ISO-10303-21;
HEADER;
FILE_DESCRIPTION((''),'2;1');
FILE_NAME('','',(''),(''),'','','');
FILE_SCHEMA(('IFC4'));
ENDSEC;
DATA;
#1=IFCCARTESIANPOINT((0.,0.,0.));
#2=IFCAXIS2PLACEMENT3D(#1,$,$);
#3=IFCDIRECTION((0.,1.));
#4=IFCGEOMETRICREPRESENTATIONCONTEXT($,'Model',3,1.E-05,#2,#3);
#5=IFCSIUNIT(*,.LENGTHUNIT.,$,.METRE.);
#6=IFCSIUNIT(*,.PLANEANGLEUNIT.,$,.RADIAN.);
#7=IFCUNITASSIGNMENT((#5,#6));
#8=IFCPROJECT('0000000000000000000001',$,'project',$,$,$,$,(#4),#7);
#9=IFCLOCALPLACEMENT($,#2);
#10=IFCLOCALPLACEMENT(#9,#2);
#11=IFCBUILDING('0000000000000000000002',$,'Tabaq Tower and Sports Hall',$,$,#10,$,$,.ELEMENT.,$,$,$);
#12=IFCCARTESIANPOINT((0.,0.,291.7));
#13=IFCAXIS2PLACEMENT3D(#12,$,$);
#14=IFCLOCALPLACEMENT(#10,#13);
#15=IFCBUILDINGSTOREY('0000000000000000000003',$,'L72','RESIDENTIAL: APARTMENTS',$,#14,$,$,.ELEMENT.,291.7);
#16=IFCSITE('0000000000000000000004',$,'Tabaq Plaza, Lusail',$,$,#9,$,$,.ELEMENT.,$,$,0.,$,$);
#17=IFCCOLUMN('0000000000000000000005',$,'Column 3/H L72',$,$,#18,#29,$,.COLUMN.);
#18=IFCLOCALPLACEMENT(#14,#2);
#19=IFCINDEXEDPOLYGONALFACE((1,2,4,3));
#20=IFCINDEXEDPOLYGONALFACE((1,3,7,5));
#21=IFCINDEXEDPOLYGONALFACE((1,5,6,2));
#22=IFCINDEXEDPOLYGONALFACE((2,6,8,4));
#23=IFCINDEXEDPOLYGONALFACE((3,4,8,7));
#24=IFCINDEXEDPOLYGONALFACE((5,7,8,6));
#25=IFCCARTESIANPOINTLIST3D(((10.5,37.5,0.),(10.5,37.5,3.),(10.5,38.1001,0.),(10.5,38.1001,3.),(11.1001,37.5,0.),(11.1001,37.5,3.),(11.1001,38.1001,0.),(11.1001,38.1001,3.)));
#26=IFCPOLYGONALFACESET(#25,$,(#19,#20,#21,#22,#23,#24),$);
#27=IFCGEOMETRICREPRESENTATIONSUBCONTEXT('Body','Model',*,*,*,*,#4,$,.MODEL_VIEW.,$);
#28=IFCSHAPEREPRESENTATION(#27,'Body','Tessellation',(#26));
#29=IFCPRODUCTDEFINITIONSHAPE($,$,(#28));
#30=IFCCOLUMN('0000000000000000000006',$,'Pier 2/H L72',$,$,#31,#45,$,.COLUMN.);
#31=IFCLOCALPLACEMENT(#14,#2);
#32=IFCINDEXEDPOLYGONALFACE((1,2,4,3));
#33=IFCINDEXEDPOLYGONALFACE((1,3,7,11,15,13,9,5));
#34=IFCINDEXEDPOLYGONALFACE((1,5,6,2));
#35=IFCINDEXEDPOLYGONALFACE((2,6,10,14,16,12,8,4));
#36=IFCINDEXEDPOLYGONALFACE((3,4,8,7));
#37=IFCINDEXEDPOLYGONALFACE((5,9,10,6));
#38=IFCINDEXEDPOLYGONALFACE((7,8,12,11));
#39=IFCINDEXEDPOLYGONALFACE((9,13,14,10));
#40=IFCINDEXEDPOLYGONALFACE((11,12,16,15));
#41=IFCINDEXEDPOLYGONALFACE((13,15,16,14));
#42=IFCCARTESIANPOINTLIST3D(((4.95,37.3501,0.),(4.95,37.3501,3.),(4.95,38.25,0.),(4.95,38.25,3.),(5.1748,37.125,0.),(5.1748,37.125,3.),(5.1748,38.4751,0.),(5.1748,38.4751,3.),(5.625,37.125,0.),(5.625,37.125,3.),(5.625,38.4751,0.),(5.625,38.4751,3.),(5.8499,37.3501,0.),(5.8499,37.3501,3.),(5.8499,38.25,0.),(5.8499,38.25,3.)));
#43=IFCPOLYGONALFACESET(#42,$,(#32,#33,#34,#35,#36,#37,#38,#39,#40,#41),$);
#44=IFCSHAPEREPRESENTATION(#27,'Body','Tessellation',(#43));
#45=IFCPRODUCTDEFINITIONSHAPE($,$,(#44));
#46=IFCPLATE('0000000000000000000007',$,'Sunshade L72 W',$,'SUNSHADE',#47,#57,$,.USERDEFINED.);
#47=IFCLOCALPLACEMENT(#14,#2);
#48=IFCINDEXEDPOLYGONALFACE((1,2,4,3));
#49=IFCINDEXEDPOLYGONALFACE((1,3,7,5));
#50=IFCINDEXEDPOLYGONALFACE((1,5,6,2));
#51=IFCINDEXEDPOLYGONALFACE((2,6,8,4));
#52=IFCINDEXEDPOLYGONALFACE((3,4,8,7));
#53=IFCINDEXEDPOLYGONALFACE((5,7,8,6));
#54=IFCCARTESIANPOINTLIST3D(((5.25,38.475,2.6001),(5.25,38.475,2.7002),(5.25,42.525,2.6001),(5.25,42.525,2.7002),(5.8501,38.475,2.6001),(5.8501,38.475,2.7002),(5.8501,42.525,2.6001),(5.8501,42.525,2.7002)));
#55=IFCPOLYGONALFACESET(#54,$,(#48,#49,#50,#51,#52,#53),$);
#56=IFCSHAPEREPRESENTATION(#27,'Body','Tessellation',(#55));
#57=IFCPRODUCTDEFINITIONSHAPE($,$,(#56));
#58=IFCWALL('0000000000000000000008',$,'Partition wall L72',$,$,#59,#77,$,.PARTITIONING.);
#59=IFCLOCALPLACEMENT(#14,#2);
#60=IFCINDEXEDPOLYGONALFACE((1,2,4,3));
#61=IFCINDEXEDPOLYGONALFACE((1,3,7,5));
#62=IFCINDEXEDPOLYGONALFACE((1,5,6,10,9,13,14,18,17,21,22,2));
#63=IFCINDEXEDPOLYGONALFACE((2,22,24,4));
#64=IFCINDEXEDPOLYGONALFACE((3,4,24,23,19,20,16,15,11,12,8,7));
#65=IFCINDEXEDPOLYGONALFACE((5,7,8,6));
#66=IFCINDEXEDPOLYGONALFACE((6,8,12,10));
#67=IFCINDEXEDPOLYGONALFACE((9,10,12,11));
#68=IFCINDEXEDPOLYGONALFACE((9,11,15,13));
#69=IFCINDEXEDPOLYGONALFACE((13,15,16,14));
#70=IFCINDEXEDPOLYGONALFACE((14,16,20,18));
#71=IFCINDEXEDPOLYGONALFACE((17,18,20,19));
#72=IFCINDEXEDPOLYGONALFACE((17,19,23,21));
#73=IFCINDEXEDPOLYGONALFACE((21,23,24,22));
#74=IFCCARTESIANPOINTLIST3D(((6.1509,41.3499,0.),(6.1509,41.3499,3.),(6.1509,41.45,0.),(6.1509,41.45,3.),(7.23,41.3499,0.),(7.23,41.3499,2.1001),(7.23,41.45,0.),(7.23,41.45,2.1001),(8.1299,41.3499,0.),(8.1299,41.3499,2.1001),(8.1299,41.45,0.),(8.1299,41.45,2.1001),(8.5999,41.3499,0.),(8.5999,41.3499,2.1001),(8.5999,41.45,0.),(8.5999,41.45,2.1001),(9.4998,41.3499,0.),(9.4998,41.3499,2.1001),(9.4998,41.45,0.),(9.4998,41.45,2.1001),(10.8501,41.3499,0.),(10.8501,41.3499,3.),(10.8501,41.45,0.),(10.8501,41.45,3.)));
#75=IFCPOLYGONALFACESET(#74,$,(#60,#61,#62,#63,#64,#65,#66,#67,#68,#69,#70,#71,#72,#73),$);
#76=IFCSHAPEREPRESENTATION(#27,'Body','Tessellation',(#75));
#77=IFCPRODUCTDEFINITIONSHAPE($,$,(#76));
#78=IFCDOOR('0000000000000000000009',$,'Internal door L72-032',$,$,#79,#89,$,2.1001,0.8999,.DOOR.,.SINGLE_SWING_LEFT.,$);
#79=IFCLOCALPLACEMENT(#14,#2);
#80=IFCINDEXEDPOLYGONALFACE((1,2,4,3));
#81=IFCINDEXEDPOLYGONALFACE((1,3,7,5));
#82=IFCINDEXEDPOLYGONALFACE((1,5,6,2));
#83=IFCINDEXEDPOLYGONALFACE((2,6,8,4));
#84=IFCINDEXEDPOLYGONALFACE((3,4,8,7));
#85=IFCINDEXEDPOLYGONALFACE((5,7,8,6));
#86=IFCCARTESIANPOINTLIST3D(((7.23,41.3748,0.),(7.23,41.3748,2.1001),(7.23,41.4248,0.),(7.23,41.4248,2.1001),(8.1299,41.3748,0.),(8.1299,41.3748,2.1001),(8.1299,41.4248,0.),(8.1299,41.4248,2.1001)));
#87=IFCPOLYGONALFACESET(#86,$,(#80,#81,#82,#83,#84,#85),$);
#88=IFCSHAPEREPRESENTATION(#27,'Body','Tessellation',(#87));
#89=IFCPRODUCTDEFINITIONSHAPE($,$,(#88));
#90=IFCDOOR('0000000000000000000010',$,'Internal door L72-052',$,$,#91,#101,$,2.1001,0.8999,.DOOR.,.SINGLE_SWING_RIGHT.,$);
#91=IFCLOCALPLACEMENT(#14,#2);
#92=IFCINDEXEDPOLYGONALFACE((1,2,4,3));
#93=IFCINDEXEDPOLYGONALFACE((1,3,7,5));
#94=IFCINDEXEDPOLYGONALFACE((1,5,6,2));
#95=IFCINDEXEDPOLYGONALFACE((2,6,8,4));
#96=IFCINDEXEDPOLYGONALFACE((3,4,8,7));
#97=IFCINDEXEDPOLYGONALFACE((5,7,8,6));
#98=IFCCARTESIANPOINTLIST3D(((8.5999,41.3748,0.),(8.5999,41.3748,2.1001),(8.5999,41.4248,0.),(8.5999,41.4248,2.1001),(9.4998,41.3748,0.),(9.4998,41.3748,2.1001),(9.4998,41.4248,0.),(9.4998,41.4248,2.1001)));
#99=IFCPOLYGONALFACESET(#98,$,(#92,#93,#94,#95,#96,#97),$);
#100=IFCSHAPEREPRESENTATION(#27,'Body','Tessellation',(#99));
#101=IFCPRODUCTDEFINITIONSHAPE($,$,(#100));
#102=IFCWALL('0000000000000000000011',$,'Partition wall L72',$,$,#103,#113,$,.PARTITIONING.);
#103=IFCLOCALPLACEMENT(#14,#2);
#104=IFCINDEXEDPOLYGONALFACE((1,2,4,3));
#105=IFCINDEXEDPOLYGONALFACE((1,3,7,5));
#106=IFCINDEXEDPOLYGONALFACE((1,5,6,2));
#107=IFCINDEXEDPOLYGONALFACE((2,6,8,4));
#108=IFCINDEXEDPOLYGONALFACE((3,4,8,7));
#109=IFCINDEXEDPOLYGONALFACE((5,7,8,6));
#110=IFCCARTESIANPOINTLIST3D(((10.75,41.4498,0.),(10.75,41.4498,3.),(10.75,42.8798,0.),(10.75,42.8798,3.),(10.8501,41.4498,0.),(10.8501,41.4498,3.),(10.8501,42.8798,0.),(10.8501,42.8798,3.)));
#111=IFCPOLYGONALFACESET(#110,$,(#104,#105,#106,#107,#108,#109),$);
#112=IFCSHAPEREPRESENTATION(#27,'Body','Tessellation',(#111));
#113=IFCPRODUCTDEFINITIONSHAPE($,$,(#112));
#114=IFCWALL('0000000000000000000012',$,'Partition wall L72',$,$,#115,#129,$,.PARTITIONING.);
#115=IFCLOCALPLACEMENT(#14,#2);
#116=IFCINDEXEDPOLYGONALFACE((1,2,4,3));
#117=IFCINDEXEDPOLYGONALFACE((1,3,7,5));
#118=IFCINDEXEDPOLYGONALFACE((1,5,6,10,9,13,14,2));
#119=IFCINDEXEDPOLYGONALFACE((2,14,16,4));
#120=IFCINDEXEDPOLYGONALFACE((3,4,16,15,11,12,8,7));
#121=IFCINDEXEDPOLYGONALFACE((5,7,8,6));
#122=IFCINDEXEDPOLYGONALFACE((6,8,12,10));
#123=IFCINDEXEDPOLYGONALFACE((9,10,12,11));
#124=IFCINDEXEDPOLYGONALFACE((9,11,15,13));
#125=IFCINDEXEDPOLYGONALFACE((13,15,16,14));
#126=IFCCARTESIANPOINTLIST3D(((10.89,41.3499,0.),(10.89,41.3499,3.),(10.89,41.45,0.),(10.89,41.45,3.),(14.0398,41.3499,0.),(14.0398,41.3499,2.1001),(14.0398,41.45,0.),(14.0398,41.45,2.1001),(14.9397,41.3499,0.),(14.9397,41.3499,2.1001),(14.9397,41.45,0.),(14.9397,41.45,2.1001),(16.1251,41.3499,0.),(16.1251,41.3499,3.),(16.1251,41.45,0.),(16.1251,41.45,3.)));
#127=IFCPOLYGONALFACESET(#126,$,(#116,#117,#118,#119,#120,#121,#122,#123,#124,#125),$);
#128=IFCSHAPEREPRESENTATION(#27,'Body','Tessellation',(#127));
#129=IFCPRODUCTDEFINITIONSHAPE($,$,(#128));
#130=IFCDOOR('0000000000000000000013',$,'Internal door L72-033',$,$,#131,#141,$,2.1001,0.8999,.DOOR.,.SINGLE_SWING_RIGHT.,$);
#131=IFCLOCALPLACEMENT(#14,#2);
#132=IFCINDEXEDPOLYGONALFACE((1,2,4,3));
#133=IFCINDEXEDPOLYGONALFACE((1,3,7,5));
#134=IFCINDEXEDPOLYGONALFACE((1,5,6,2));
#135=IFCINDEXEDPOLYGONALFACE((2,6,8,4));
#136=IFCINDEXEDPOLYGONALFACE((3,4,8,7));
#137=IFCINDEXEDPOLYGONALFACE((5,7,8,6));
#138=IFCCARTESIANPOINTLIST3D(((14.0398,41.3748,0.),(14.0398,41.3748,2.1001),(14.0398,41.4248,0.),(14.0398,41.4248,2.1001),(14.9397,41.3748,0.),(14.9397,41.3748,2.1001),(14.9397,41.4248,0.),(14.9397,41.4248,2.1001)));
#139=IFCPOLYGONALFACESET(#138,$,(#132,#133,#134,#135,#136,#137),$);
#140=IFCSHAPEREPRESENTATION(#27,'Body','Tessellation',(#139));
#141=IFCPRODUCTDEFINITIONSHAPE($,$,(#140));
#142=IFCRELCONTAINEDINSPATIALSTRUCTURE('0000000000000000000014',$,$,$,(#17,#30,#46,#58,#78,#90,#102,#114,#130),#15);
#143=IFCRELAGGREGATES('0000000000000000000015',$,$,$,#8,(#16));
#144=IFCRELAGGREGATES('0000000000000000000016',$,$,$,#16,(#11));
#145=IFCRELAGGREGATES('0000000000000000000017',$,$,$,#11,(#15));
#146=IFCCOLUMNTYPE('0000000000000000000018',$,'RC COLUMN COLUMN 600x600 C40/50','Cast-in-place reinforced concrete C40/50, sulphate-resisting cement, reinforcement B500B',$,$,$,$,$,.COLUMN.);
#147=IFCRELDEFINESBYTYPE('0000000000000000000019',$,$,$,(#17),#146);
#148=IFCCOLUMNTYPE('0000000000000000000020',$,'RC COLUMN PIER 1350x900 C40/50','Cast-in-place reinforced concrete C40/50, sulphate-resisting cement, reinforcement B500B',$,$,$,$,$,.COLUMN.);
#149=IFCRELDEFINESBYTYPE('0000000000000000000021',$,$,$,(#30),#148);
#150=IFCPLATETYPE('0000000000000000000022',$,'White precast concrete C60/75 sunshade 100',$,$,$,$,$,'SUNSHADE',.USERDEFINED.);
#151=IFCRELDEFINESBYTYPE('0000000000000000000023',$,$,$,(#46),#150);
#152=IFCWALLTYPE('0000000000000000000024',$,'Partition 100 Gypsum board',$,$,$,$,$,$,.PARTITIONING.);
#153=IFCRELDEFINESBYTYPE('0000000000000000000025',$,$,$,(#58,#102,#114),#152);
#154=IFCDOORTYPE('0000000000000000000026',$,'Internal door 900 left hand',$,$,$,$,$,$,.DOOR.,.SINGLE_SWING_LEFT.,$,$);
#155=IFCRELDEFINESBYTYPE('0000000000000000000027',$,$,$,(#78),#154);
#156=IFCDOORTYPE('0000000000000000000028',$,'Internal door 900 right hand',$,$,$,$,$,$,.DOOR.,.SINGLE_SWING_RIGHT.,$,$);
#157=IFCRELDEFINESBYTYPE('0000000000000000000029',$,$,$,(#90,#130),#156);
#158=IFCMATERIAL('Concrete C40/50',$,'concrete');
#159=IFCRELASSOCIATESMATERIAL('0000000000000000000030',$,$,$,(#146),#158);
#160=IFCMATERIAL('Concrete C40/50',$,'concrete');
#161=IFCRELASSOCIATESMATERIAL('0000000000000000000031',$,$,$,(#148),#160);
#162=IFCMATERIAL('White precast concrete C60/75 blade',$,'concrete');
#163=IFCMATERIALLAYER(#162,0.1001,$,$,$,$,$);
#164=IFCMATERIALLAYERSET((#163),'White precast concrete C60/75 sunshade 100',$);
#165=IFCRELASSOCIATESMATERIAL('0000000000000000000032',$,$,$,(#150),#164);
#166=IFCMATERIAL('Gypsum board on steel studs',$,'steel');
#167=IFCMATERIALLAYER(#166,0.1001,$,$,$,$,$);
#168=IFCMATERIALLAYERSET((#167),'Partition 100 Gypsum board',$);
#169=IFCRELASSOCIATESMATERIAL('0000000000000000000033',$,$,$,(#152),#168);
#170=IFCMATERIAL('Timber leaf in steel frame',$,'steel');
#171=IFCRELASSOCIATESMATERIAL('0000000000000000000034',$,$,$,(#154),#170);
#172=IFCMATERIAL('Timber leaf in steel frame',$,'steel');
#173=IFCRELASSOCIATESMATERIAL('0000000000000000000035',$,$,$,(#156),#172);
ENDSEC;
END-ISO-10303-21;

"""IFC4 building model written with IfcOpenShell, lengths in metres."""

from ifc_helpers import new_model, si_unit, direction, frame, frame_2d, origin, origin_2d, place, context, subcontext, project, spatial, polyline, rectangle, outline, extrude, material, layer, layer_set, material_profile, profile_set, type_object, element, fill, save


model = new_model("IFC4")

# Units and contexts
model_context = context("Model", 3, precision=1e-05, world=origin(), true_north=direction((0.0, 1.0)))
body_context = subcontext(model_context, "Body", "Model", "MODEL_VIEW")
ifc_project = project(units=[si_unit("LENGTHUNIT", "METRE"), si_unit("PLANEANGLEUNIT", "RADIAN")], contexts=[model_context])

# Site, building, storey
site_placement = place(None, origin())
site = spatial("IfcSite", under=ifc_project, at=site_placement, Name="Tabaq Plaza, Lusail", CompositionType="ELEMENT", RefElevation=0.0)
building_placement = place(site_placement, origin())
building = spatial("IfcBuilding", under=site, at=building_placement, Name="Tabaq Tower and Sports Hall", CompositionType="ELEMENT")
storey_placement = place(building_placement, frame((0.0, 0.0, 291.7)))
storey = spatial("IfcBuildingStorey", under=building, at=storey_placement, Name="L72", Description="RESIDENTIAL: APARTMENTS", CompositionType="ELEMENT", Elevation=291.7)

# Columns
ifc_material_1 = material(Name="Concrete C40/50", Category="concrete")
ifc_material_profile_1 = material_profile(ifc_material_1, rectangle(XDim=0.6001, YDim=0.6001, at=origin_2d()), Name="COLUMN 600x600")
ifc_profile_set_1 = profile_set([ifc_material_profile_1], Name="Concrete C40/50")
column_type_1 = type_object("IfcColumnType", Name="RC COLUMN COLUMN 600x600 C40/50", Description="Cast-in-place reinforced concrete C40/50, sulphate-resisting cement, reinforcement B500B", PredefinedType="COLUMN", material=ifc_profile_set_1)
column_1_placement = place(storey_placement, frame((10.8, 37.8, 0.0), z_axis=(0.0, 0.0, 1.0), x_axis=(1.0, 0.0, 0.0)))
element("IfcColumn", 1, at=column_1_placement, inside=storey, type_object=column_type_1, Name="Column 3/H L72", PredefinedType="COLUMN", context=body_context, shape_type="SweptSolid", body=[
    extrude(rectangle(XDim=0.6001, YDim=0.6001, at=origin_2d()), origin(), (0.0, 0.0, 1.0), 3.0),
])
ifc_material_2 = material(Name="Concrete C40/50", Category="concrete")
ifc_material_profile_2 = material_profile(ifc_material_2, outline(polyline([(-0.45, -0.45), (0.45, -0.45), (0.675, -0.2251), (0.675, 0.2251), (0.45, 0.45), (-0.45, 0.45), (-0.675, 0.2251), (-0.675, -0.2251), (-0.45, -0.45)])), Name="PIER 1350x900")
ifc_profile_set_2 = profile_set([ifc_material_profile_2], Name="Concrete C40/50")
column_type_2 = type_object("IfcColumnType", Name="RC COLUMN PIER 1350x900 C40/50", Description="Cast-in-place reinforced concrete C40/50, sulphate-resisting cement, reinforcement B500B", PredefinedType="COLUMN", material=ifc_profile_set_2)
column_2_placement = place(storey_placement, frame((5.3999, 37.8, 0.0), z_axis=(0.0, 0.0, 1.0), x_axis=(0.0, 1.0, 0.0)))
element("IfcColumn", 2, at=column_2_placement, inside=storey, type_object=column_type_2, Name="Pier 2/H L72", PredefinedType="COLUMN", context=body_context, shape_type="SweptSolid", body=[
    extrude(outline(polyline([(-0.45, -0.45), (0.45, -0.45), (0.675, -0.2251), (0.675, 0.2251), (0.45, 0.45), (-0.45, 0.45), (-0.675, 0.2251), (-0.675, -0.2251), (-0.45, -0.45)])), origin(), (0.0, 0.0, 1.0), 3.0),
])

# Plate
ifc_material_3 = material(Name="White precast concrete C60/75 blade", Category="concrete")
ifc_layer_1 = layer(ifc_material_3, 0.1001)
ifc_layer_set_1 = layer_set([ifc_layer_1], Name="White precast concrete C60/75 sunshade 100")
plate_type = type_object("IfcPlateType", Name="White precast concrete C60/75 sunshade 100", ElementType="SUNSHADE", PredefinedType="USERDEFINED", material=ifc_layer_set_1)
plate_placement = place(storey_placement, frame((5.55, 40.5, 2.6001), z_axis=(0.0, 0.0, 1.0), x_axis=(0.0, -1.0, 0.0)))
element("IfcPlate", 3, at=plate_placement, inside=storey, type_object=plate_type, Name="Sunshade L72 W", ObjectType="SUNSHADE", PredefinedType="USERDEFINED", context=body_context, shape_type="SweptSolid", body=[
    extrude(rectangle(XDim=4.05, YDim=0.6001, at=origin_2d()), origin(), (0.0, 0.0, 1.0), 0.1001),
])

# Wall, openings, doors
ifc_material_4 = material(Name="Gypsum board on steel studs", Category="steel")
ifc_layer_2 = layer(ifc_material_4, 0.1001)
ifc_layer_set_2 = layer_set([ifc_layer_2], Name="Partition 100 Gypsum board")
wall_type = type_object("IfcWallType", Name="Partition 100 Gypsum board", PredefinedType="PARTITIONING", material=ifc_layer_set_2)
wall_1_placement = place(storey_placement, frame((6.1509, 41.3999, 0.0), z_axis=(0.0, 0.0, 1.0), x_axis=(1.0, 0.0, 0.0)))
wall_1 = element("IfcWall", 4, at=wall_1_placement, inside=storey, type_object=wall_type, Name="Partition wall L72", PredefinedType="PARTITIONING", context=body_context, shape_type="SweptSolid", body=[
    extrude(rectangle(XDim=4.6992, YDim=0.1001, at=frame_2d((2.3496, 0.0))), origin(), (0.0, 0.0, 1.0), 3.0),
])
opening_1_placement = place(wall_1_placement, frame((1.0791, 0.0, 0.0)))
opening_1 = element("IfcOpeningElement", 5, at=opening_1_placement, cuts=wall_1, PredefinedType="OPENING", context=body_context, shape_type="SweptSolid", body=[
    extrude(rectangle(XDim=0.8999, YDim=2.1001, at=frame_2d((0.45, 1.05))), frame((0.0, 0.05, 0.0), z_axis=(0.0, -1.0, 0.0), x_axis=(1.0, 0.0, 0.0)), (0.0, 0.0, 1.0), 0.1001),
])
opening_2_placement = place(wall_1_placement, frame((2.449, 0.0, 0.0)))
opening_2 = element("IfcOpeningElement", 6, at=opening_2_placement, cuts=wall_1, PredefinedType="OPENING", context=body_context, shape_type="SweptSolid", body=[
    extrude(rectangle(XDim=0.8999, YDim=2.1001, at=frame_2d((0.45, 1.05))), frame((0.0, 0.05, 0.0), z_axis=(0.0, -1.0, 0.0), x_axis=(1.0, 0.0, 0.0)), (0.0, 0.0, 1.0), 0.1001),
])
ifc_material_5 = material(Name="Timber leaf in steel frame", Category="steel")
door_type_1 = type_object("IfcDoorType", Name="Internal door 900 left hand", OperationType="SINGLE_SWING_LEFT", PredefinedType="DOOR", material=ifc_material_5)
door_1_placement = place(opening_1_placement, origin())
door_1 = element("IfcDoor", 7, at=door_1_placement, inside=storey, type_object=door_type_1, Name="Internal door L72-032", OperationType="SINGLE_SWING_LEFT", OverallHeight=2.1001, OverallWidth=0.8999, PredefinedType="DOOR", context=body_context, shape_type="SweptSolid", body=[
    extrude(rectangle(XDim=0.8999, YDim=2.1001, at=frame_2d((0.45, 1.05))), frame((0.0, 0.0249, 0.0), z_axis=(0.0, -1.0, 0.0), x_axis=(1.0, 0.0, 0.0)), (0.0, 0.0, 1.0), 0.05),
])
fill(opening_1, door_1)
ifc_material_6 = material(Name="Timber leaf in steel frame", Category="steel")
door_type_2 = type_object("IfcDoorType", Name="Internal door 900 right hand", OperationType="SINGLE_SWING_RIGHT", PredefinedType="DOOR", material=ifc_material_6)
door_2_placement = place(opening_2_placement, origin())
door_2 = element("IfcDoor", 8, at=door_2_placement, inside=storey, type_object=door_type_2, Name="Internal door L72-052", OperationType="SINGLE_SWING_RIGHT", OverallHeight=2.1001, OverallWidth=0.8999, PredefinedType="DOOR", context=body_context, shape_type="SweptSolid", body=[
    extrude(rectangle(XDim=0.8999, YDim=2.1001, at=frame_2d((0.45, 1.05))), frame((0.0, 0.0249, 0.0), z_axis=(0.0, -1.0, 0.0), x_axis=(1.0, 0.0, 0.0)), (0.0, 0.0, 1.0), 0.05),
])
fill(opening_2, door_2)

# Wall
wall_2_placement = place(storey_placement, frame((10.8, 41.45, 0.0), z_axis=(0.0, 0.0, 1.0), x_axis=(0.0, 1.0, 0.0)))
element("IfcWall", 9, at=wall_2_placement, inside=storey, type_object=wall_type, Name="Partition wall L72", PredefinedType="PARTITIONING", context=body_context, shape_type="SweptSolid", body=[
    extrude(rectangle(XDim=1.4299, YDim=0.1001, at=frame_2d((0.7148, 0.0))), origin(), (0.0, 0.0, 1.0), 3.0),
])

# Wall, opening, door
wall_3_placement = place(storey_placement, frame((10.8899, 41.3999, 0.0), z_axis=(0.0, 0.0, 1.0), x_axis=(1.0, 0.0, 0.0)))
wall_3 = element("IfcWall", 10, at=wall_3_placement, inside=storey, type_object=wall_type, Name="Partition wall L72", PredefinedType="PARTITIONING", context=body_context, shape_type="SweptSolid", body=[
    extrude(rectangle(XDim=5.2351, YDim=0.1001, at=frame_2d((2.6177, 0.0))), origin(), (0.0, 0.0, 1.0), 3.0),
])
opening_3_placement = place(wall_3_placement, frame((3.1499, 0.0, 0.0)))
opening_3 = element("IfcOpeningElement", 11, at=opening_3_placement, cuts=wall_3, PredefinedType="OPENING", context=body_context, shape_type="SweptSolid", body=[
    extrude(rectangle(XDim=0.8999, YDim=2.1001, at=frame_2d((0.45, 1.05))), frame((0.0, 0.05, 0.0), z_axis=(0.0, -1.0, 0.0), x_axis=(1.0, 0.0, 0.0)), (0.0, 0.0, 1.0), 0.1001),
])
door_3_placement = place(opening_3_placement, origin())
door_3 = element("IfcDoor", 12, at=door_3_placement, inside=storey, type_object=door_type_2, Name="Internal door L72-033", OperationType="SINGLE_SWING_RIGHT", OverallHeight=2.1001, OverallWidth=0.8999, PredefinedType="DOOR", context=body_context, shape_type="SweptSolid", body=[
    extrude(rectangle(XDim=0.8999, YDim=2.1001, at=frame_2d((0.45, 1.05))), frame((0.0, 0.0249, 0.0), z_axis=(0.0, -1.0, 0.0), x_axis=(1.0, 0.0, 0.0)), (0.0, 0.0, 1.0), 0.05),
])
fill(opening_3, door_3)

save(model, "model.ifc")
